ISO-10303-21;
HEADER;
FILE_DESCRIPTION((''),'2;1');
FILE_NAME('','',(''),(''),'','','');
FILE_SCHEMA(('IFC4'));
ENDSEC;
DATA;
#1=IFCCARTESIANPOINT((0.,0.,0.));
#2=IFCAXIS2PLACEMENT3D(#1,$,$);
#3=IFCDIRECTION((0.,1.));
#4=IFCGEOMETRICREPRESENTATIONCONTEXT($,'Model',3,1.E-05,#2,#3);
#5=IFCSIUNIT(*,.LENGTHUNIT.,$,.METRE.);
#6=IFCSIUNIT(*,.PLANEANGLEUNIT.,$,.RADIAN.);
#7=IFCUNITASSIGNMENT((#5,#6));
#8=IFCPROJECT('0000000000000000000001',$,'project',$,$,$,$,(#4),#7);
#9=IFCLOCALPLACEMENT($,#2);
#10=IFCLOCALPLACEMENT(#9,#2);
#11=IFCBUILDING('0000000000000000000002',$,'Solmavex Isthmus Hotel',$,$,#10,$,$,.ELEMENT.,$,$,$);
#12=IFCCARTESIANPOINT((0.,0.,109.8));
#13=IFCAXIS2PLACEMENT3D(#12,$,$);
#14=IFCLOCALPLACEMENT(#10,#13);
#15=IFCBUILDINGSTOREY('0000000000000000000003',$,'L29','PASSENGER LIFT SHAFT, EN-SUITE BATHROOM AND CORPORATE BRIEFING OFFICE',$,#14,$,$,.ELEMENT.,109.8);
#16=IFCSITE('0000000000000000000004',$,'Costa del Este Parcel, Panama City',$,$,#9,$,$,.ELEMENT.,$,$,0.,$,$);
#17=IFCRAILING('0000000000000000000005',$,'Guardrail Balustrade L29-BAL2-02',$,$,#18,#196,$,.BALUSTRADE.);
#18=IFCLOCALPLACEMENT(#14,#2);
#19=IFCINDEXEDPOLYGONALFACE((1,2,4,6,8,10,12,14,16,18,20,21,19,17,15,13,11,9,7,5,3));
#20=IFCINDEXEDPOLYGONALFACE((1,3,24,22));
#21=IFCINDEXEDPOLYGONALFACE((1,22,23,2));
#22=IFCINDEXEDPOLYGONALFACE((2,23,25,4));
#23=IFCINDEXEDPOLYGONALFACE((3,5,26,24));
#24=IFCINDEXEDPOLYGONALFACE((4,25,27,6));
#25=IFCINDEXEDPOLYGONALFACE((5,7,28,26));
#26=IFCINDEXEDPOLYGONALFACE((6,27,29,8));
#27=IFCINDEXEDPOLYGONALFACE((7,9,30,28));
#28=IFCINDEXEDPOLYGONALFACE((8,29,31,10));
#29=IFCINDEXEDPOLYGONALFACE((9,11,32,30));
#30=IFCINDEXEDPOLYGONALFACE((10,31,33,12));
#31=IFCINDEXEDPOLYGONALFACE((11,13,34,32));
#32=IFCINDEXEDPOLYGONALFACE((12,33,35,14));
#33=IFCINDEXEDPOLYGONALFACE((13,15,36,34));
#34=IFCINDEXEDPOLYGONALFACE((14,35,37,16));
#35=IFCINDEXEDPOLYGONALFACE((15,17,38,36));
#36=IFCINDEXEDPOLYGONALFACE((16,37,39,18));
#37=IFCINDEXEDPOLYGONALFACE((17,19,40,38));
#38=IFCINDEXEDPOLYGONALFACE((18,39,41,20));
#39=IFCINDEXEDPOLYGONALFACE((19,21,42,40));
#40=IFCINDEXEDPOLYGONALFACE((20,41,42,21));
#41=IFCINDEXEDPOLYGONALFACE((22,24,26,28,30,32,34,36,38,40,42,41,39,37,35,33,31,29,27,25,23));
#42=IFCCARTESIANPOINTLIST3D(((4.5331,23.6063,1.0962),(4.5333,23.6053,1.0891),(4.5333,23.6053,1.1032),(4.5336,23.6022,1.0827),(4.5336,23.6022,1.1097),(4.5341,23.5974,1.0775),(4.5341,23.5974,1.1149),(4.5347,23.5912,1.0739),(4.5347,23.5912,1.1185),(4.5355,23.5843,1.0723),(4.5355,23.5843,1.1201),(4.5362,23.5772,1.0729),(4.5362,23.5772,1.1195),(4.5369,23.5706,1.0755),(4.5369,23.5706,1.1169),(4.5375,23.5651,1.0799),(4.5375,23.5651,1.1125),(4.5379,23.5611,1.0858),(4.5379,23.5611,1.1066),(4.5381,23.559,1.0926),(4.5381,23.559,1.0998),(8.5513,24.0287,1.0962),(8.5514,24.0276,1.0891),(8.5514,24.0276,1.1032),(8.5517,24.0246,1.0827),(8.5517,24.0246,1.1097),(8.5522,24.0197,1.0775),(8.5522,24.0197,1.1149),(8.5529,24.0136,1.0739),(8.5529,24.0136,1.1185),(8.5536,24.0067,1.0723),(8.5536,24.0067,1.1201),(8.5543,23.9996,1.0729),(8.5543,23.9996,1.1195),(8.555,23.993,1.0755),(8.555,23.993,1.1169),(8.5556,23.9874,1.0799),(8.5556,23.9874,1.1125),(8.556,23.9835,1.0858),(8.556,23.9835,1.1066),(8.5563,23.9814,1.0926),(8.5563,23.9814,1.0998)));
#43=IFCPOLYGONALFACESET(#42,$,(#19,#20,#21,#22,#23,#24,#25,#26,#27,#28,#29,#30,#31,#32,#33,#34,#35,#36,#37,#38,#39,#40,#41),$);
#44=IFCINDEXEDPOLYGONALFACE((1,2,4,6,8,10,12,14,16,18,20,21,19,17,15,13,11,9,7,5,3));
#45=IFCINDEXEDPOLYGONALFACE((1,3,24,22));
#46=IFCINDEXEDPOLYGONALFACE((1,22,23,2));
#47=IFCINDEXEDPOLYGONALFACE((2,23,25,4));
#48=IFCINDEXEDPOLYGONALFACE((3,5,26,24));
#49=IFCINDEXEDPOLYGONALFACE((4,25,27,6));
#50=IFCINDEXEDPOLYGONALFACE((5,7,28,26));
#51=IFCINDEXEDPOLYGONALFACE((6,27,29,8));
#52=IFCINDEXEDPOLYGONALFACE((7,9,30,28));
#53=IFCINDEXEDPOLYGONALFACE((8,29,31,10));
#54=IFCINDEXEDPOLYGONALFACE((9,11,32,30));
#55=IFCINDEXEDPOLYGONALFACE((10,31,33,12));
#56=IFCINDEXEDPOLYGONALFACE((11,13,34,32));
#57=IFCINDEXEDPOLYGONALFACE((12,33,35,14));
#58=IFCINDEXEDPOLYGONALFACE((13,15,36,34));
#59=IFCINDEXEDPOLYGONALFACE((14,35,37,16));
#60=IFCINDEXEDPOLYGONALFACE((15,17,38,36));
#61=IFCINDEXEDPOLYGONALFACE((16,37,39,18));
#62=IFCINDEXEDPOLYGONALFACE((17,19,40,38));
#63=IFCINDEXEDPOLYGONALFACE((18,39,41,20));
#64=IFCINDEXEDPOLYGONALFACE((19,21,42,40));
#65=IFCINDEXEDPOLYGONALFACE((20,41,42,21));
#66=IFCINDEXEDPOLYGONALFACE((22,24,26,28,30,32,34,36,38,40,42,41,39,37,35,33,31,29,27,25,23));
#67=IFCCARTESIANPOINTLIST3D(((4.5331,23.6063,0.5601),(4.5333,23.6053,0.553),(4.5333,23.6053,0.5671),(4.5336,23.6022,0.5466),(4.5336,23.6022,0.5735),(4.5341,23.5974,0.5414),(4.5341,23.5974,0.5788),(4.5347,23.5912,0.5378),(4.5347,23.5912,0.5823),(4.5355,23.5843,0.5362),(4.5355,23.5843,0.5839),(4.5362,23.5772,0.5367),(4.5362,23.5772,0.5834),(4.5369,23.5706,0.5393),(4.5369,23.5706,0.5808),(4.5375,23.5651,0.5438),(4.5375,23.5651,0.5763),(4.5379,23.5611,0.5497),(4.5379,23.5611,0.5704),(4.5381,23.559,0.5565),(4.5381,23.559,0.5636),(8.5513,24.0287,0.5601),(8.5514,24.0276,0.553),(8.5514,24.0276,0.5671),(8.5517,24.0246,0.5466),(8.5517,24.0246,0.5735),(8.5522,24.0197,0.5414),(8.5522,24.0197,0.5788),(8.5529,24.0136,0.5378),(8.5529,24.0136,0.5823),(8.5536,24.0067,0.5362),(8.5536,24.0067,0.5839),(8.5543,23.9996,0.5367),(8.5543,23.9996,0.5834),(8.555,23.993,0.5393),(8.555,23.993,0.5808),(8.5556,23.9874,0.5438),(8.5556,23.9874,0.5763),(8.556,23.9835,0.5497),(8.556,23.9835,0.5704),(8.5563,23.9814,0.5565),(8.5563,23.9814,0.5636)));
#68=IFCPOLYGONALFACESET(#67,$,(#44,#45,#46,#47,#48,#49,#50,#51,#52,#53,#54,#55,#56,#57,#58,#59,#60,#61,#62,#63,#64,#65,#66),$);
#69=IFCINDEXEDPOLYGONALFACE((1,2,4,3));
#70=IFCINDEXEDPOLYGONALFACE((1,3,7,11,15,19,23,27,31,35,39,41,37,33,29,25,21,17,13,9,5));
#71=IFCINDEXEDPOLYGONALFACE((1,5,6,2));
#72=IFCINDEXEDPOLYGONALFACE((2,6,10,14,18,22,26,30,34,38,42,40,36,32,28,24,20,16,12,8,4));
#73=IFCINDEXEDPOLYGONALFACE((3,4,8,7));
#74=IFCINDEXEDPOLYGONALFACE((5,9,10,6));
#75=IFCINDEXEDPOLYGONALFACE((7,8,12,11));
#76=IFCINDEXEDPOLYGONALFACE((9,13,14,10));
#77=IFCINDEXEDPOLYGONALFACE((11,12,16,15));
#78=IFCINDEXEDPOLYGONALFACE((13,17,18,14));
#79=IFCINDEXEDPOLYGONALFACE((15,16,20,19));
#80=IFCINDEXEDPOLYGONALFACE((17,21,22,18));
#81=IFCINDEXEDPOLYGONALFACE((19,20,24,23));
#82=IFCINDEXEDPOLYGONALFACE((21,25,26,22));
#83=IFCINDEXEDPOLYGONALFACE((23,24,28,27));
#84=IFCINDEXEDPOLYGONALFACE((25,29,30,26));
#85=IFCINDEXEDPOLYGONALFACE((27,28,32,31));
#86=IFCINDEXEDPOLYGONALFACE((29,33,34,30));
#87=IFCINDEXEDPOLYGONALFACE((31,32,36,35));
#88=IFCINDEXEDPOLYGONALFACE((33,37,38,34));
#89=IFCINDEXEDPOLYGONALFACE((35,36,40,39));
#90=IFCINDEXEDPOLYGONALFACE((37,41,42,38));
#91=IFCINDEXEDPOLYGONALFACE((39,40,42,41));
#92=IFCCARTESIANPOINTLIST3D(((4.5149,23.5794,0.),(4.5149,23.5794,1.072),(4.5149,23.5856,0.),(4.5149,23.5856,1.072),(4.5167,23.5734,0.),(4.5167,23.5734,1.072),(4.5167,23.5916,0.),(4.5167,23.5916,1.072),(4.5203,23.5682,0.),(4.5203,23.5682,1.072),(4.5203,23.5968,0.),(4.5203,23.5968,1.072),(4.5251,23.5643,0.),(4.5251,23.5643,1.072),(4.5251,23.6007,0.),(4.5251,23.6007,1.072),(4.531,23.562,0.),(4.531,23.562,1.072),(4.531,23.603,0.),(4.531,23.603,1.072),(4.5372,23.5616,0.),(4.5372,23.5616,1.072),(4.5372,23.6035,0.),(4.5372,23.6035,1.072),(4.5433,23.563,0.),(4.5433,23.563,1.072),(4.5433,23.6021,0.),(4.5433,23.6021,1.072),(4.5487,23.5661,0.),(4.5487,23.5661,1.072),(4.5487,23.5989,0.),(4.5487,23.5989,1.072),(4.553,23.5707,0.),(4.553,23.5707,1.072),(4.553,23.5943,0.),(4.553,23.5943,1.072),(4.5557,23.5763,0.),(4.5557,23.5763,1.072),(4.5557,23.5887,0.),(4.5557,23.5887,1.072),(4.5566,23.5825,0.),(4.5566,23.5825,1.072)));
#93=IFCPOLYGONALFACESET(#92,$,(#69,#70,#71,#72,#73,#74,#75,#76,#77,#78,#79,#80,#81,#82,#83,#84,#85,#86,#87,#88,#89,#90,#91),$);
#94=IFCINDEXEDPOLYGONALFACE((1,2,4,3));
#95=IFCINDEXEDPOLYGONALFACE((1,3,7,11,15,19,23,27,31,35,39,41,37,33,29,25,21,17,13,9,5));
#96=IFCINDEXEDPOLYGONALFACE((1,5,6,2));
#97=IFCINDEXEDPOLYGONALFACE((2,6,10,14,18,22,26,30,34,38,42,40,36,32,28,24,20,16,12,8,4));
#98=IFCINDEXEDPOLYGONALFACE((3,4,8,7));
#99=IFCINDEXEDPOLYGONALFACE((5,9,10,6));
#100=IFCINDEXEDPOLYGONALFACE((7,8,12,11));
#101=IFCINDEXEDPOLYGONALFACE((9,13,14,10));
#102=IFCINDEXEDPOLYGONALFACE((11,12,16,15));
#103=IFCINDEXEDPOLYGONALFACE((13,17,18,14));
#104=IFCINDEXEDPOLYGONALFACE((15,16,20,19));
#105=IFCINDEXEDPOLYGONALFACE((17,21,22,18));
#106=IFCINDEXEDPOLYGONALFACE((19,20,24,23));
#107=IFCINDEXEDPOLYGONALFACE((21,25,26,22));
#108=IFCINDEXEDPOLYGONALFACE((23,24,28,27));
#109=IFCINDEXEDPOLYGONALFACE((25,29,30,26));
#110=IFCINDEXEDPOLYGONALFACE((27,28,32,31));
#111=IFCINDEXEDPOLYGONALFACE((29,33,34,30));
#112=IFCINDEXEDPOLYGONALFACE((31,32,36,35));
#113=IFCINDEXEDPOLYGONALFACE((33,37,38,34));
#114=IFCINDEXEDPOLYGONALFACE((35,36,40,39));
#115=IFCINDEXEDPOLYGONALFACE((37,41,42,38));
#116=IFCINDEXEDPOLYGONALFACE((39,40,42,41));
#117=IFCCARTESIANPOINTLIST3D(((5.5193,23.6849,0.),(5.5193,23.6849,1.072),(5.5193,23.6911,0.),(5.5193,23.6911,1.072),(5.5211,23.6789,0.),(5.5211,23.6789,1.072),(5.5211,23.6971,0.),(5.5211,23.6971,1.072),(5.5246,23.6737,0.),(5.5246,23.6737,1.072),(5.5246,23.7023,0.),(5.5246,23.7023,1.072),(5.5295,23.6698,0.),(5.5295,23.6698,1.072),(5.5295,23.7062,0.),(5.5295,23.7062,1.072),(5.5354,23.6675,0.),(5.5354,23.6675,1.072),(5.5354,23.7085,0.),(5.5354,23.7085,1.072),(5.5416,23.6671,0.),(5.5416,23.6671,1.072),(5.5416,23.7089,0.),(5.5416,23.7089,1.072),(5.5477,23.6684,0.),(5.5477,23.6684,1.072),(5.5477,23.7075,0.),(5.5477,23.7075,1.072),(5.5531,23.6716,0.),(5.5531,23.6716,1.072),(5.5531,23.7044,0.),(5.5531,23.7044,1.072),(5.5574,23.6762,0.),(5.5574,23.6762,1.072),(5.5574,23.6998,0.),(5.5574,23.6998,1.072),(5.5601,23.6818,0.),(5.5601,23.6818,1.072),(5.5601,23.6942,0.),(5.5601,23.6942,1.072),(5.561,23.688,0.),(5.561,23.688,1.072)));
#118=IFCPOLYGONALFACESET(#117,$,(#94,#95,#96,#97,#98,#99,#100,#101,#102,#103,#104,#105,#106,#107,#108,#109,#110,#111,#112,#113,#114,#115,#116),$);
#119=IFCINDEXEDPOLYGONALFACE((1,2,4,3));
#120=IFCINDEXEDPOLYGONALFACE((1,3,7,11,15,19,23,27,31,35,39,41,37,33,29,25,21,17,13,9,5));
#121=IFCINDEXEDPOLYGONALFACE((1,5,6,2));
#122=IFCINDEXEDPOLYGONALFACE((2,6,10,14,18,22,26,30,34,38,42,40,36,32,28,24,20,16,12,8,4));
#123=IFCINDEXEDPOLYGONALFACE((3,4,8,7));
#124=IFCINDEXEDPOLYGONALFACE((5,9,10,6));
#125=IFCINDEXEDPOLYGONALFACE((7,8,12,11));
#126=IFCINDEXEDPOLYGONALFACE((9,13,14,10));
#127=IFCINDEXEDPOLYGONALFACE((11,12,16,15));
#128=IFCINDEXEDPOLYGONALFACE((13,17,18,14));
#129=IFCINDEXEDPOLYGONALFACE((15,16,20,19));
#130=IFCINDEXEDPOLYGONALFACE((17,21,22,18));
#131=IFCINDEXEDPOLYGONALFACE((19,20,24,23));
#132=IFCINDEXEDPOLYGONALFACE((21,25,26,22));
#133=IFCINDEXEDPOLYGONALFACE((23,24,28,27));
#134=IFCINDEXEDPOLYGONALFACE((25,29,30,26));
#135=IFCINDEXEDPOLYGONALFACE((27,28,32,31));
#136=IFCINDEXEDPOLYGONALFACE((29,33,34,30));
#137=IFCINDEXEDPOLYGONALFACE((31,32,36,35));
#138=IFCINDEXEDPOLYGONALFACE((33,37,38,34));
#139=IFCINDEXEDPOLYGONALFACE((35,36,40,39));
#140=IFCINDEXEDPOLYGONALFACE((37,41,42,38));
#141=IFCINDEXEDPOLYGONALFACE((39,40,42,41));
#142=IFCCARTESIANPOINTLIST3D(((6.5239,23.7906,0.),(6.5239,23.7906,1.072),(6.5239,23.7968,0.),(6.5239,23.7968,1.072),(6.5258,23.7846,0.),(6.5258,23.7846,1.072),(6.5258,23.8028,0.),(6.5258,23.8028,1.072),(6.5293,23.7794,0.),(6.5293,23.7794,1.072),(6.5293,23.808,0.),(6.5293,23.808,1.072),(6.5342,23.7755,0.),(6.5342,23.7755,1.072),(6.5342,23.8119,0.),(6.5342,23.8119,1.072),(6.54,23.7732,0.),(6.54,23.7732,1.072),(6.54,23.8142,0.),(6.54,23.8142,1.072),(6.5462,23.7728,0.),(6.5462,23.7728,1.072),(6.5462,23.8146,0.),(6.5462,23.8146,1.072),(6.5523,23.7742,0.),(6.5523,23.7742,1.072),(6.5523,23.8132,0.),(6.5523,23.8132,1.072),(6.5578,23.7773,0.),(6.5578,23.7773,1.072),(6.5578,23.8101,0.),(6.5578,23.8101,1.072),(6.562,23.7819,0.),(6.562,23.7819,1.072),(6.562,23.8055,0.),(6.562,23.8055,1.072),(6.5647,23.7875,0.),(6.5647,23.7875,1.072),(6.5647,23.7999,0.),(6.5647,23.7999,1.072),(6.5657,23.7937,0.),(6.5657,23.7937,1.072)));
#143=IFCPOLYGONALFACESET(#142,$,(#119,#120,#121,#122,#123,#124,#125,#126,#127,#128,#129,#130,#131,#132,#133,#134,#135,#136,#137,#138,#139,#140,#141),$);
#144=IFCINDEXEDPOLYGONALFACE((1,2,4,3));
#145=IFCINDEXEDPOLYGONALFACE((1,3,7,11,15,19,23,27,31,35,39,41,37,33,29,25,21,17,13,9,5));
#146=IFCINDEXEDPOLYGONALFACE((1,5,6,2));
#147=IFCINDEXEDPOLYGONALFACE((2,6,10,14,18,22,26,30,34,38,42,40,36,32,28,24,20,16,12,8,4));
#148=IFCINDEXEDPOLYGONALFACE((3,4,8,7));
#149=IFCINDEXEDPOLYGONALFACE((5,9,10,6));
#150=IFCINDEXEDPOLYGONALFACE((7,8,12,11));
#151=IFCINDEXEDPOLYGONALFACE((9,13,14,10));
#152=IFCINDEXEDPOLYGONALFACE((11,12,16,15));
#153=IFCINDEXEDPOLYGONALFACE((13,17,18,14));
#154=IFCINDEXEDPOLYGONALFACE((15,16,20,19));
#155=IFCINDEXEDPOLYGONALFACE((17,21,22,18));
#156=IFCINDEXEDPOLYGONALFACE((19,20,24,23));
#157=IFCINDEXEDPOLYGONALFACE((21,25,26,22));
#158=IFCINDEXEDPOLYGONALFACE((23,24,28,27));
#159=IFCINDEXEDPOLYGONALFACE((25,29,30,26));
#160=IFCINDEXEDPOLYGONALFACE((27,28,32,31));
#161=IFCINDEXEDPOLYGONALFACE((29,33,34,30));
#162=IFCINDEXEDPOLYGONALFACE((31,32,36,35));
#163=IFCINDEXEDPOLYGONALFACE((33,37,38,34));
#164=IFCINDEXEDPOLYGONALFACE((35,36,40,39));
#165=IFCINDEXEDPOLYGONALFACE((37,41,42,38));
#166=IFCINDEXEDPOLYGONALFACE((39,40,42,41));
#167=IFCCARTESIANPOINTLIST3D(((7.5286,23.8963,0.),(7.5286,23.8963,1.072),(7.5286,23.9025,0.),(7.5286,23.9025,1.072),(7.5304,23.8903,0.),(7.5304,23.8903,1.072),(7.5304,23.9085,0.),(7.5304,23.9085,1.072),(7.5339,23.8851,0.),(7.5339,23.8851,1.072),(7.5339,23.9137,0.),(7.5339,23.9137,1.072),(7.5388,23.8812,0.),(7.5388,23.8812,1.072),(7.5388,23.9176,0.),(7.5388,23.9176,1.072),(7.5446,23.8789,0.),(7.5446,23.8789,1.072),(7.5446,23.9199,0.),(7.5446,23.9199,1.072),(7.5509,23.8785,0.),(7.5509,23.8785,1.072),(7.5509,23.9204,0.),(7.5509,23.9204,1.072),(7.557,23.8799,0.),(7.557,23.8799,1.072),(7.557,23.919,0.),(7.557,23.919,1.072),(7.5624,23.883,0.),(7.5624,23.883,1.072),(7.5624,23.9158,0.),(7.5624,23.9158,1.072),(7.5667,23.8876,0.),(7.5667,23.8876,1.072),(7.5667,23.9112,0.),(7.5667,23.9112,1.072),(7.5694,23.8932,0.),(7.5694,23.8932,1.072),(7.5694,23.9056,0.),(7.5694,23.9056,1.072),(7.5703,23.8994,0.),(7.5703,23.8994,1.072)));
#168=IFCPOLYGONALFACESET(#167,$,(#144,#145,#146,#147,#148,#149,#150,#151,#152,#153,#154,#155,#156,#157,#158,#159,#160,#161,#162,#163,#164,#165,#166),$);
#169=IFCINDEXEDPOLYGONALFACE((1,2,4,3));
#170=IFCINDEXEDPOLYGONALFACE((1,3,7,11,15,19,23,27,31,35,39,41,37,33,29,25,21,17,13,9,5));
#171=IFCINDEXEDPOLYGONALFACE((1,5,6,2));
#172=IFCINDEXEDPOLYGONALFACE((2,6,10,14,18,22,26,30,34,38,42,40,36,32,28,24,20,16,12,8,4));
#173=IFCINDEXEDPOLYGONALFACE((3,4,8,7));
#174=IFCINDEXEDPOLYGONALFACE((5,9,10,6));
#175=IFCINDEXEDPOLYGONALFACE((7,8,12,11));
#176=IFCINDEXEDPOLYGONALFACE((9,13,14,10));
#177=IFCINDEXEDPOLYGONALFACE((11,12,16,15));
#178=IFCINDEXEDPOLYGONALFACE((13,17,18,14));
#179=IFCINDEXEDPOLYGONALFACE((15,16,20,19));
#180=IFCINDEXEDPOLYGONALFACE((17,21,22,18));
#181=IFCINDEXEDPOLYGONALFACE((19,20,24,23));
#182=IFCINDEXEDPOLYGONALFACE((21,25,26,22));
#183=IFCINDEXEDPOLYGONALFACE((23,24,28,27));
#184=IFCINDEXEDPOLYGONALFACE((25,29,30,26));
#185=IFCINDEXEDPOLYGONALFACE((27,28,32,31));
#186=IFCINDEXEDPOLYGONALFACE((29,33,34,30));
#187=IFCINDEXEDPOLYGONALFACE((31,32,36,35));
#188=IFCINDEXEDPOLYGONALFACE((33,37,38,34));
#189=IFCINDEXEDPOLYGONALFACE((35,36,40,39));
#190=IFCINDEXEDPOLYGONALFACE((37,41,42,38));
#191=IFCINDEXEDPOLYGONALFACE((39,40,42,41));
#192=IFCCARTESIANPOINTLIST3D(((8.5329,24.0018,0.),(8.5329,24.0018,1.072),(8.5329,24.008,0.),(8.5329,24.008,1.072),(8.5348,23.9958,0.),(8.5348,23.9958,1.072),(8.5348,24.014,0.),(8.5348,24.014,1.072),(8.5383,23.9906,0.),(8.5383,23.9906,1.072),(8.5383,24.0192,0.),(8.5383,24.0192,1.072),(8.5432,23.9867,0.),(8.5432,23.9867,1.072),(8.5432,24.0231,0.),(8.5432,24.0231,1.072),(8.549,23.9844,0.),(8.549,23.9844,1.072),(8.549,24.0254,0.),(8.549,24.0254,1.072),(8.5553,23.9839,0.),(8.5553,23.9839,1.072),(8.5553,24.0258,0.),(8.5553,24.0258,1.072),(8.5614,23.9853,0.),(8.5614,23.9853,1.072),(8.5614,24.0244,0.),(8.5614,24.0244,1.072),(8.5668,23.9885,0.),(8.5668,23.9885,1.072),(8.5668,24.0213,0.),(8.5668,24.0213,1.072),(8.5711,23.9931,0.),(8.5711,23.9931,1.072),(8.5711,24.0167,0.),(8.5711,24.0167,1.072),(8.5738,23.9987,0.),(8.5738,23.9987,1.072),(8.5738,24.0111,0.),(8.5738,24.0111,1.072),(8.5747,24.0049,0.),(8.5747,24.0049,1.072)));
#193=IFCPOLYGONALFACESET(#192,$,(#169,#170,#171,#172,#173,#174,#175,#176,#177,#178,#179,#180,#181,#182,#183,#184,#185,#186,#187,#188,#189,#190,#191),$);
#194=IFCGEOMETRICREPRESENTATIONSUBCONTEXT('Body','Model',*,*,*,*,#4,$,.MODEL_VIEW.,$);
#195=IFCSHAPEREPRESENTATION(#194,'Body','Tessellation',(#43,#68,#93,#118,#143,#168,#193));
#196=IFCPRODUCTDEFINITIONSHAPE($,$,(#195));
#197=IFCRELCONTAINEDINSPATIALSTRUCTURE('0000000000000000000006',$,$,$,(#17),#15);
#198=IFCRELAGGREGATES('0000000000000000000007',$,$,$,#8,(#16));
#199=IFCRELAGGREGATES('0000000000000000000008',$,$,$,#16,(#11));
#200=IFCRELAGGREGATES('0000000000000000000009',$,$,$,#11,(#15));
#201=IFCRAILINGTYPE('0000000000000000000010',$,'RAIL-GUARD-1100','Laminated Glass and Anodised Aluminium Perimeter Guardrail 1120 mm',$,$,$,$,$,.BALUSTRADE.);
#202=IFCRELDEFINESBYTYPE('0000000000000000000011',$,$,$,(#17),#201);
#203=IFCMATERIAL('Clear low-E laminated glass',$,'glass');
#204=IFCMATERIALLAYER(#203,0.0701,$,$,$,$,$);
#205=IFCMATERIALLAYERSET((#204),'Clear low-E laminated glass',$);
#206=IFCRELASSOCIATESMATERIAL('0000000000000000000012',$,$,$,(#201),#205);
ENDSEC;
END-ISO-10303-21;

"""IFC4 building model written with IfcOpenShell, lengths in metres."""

from ifc_helpers import new_model, si_unit, direction, frame, origin, origin_2d, place, context, subcontext, project, spatial, circle, extrude, material, layer, layer_set, type_object, element, save


model = new_model("IFC4")

# Units and contexts
model_context = context("Model", 3, precision=1e-05, world=origin(), true_north=direction((0.0, 1.0)))
body_context = subcontext(model_context, "Body", "Model", "MODEL_VIEW")
ifc_project = project(units=[si_unit("LENGTHUNIT", "METRE"), si_unit("PLANEANGLEUNIT", "RADIAN")], contexts=[model_context])

# Site, building, storey
site_placement = place(None, origin())
site = spatial("IfcSite", under=ifc_project, at=site_placement, Name="Costa del Este Parcel, Panama City", CompositionType="ELEMENT", RefElevation=0.0)
building_placement = place(site_placement, origin())
building = spatial("IfcBuilding", under=site, at=building_placement, Name="Solmavex Isthmus Hotel", CompositionType="ELEMENT")
storey_placement = place(building_placement, frame((0.0, 0.0, 109.8)))
storey = spatial("IfcBuildingStorey", under=building, at=storey_placement, Name="L29", Description="PASSENGER LIFT SHAFT, EN-SUITE BATHROOM AND CORPORATE BRIEFING OFFICE", CompositionType="ELEMENT", Elevation=109.8)

# Shared definitions
ifc_material_1 = material(Name="Clear low-E laminated glass", Category="glass")

# Railing
ifc_layer_1 = layer(ifc_material_1, 0.0701)
ifc_layer_set_1 = layer_set([ifc_layer_1], Name="Clear low-E laminated glass")
railing_type = type_object("IfcRailingType", Name="RAIL-GUARD-1100", Description="Laminated Glass and Anodised Aluminium Perimeter Guardrail 1120 mm", PredefinedType="BALUSTRADE", material=ifc_layer_set_1)
railing_1_placement = place(storey_placement, frame((4.5356, 23.5825, 0.0)))
element("IfcRailing", 1, at=railing_1_placement, inside=storey, type_object=railing_type, Name="Guardrail Balustrade L29-BAL2-02", PredefinedType="BALUSTRADE", context=body_context, shape_type="SweptSolid", body=[
    extrude(circle(Radius=0.0239, at=origin_2d()), frame((0.0, 0.0, 1.0962), z_axis=(0.994521, 0.10454, 0.0), x_axis=(-0.10454, 0.994521, 0.0)), (0.0, 0.0, 1.0), 4.0403),
    extrude(circle(Radius=0.0239, at=origin_2d()), frame((0.0, 0.0, 0.5601), z_axis=(0.994521, 0.10454, 0.0), x_axis=(-0.10454, 0.994521, 0.0)), (0.0, 0.0, 1.0), 4.0403),
    extrude(circle(Radius=0.021, at=origin_2d()), origin(), (0.0, 0.0, 1.0), 1.072),
    extrude(circle(Radius=0.021, at=origin_2d()), frame((1.0044, 0.1055, 0.0)), (0.0, 0.0, 1.0), 1.072),
    extrude(circle(Radius=0.021, at=origin_2d()), frame((2.009, 0.2112, 0.0)), (0.0, 0.0, 1.0), 1.072),
    extrude(circle(Radius=0.021, at=origin_2d()), frame((3.0137, 0.3169, 0.0)), (0.0, 0.0, 1.0), 1.072),
    extrude(circle(Radius=0.021, at=origin_2d()), frame((4.0181, 0.4224, 0.0)), (0.0, 0.0, 1.0), 1.072),
])

save(model, "model.ifc")
